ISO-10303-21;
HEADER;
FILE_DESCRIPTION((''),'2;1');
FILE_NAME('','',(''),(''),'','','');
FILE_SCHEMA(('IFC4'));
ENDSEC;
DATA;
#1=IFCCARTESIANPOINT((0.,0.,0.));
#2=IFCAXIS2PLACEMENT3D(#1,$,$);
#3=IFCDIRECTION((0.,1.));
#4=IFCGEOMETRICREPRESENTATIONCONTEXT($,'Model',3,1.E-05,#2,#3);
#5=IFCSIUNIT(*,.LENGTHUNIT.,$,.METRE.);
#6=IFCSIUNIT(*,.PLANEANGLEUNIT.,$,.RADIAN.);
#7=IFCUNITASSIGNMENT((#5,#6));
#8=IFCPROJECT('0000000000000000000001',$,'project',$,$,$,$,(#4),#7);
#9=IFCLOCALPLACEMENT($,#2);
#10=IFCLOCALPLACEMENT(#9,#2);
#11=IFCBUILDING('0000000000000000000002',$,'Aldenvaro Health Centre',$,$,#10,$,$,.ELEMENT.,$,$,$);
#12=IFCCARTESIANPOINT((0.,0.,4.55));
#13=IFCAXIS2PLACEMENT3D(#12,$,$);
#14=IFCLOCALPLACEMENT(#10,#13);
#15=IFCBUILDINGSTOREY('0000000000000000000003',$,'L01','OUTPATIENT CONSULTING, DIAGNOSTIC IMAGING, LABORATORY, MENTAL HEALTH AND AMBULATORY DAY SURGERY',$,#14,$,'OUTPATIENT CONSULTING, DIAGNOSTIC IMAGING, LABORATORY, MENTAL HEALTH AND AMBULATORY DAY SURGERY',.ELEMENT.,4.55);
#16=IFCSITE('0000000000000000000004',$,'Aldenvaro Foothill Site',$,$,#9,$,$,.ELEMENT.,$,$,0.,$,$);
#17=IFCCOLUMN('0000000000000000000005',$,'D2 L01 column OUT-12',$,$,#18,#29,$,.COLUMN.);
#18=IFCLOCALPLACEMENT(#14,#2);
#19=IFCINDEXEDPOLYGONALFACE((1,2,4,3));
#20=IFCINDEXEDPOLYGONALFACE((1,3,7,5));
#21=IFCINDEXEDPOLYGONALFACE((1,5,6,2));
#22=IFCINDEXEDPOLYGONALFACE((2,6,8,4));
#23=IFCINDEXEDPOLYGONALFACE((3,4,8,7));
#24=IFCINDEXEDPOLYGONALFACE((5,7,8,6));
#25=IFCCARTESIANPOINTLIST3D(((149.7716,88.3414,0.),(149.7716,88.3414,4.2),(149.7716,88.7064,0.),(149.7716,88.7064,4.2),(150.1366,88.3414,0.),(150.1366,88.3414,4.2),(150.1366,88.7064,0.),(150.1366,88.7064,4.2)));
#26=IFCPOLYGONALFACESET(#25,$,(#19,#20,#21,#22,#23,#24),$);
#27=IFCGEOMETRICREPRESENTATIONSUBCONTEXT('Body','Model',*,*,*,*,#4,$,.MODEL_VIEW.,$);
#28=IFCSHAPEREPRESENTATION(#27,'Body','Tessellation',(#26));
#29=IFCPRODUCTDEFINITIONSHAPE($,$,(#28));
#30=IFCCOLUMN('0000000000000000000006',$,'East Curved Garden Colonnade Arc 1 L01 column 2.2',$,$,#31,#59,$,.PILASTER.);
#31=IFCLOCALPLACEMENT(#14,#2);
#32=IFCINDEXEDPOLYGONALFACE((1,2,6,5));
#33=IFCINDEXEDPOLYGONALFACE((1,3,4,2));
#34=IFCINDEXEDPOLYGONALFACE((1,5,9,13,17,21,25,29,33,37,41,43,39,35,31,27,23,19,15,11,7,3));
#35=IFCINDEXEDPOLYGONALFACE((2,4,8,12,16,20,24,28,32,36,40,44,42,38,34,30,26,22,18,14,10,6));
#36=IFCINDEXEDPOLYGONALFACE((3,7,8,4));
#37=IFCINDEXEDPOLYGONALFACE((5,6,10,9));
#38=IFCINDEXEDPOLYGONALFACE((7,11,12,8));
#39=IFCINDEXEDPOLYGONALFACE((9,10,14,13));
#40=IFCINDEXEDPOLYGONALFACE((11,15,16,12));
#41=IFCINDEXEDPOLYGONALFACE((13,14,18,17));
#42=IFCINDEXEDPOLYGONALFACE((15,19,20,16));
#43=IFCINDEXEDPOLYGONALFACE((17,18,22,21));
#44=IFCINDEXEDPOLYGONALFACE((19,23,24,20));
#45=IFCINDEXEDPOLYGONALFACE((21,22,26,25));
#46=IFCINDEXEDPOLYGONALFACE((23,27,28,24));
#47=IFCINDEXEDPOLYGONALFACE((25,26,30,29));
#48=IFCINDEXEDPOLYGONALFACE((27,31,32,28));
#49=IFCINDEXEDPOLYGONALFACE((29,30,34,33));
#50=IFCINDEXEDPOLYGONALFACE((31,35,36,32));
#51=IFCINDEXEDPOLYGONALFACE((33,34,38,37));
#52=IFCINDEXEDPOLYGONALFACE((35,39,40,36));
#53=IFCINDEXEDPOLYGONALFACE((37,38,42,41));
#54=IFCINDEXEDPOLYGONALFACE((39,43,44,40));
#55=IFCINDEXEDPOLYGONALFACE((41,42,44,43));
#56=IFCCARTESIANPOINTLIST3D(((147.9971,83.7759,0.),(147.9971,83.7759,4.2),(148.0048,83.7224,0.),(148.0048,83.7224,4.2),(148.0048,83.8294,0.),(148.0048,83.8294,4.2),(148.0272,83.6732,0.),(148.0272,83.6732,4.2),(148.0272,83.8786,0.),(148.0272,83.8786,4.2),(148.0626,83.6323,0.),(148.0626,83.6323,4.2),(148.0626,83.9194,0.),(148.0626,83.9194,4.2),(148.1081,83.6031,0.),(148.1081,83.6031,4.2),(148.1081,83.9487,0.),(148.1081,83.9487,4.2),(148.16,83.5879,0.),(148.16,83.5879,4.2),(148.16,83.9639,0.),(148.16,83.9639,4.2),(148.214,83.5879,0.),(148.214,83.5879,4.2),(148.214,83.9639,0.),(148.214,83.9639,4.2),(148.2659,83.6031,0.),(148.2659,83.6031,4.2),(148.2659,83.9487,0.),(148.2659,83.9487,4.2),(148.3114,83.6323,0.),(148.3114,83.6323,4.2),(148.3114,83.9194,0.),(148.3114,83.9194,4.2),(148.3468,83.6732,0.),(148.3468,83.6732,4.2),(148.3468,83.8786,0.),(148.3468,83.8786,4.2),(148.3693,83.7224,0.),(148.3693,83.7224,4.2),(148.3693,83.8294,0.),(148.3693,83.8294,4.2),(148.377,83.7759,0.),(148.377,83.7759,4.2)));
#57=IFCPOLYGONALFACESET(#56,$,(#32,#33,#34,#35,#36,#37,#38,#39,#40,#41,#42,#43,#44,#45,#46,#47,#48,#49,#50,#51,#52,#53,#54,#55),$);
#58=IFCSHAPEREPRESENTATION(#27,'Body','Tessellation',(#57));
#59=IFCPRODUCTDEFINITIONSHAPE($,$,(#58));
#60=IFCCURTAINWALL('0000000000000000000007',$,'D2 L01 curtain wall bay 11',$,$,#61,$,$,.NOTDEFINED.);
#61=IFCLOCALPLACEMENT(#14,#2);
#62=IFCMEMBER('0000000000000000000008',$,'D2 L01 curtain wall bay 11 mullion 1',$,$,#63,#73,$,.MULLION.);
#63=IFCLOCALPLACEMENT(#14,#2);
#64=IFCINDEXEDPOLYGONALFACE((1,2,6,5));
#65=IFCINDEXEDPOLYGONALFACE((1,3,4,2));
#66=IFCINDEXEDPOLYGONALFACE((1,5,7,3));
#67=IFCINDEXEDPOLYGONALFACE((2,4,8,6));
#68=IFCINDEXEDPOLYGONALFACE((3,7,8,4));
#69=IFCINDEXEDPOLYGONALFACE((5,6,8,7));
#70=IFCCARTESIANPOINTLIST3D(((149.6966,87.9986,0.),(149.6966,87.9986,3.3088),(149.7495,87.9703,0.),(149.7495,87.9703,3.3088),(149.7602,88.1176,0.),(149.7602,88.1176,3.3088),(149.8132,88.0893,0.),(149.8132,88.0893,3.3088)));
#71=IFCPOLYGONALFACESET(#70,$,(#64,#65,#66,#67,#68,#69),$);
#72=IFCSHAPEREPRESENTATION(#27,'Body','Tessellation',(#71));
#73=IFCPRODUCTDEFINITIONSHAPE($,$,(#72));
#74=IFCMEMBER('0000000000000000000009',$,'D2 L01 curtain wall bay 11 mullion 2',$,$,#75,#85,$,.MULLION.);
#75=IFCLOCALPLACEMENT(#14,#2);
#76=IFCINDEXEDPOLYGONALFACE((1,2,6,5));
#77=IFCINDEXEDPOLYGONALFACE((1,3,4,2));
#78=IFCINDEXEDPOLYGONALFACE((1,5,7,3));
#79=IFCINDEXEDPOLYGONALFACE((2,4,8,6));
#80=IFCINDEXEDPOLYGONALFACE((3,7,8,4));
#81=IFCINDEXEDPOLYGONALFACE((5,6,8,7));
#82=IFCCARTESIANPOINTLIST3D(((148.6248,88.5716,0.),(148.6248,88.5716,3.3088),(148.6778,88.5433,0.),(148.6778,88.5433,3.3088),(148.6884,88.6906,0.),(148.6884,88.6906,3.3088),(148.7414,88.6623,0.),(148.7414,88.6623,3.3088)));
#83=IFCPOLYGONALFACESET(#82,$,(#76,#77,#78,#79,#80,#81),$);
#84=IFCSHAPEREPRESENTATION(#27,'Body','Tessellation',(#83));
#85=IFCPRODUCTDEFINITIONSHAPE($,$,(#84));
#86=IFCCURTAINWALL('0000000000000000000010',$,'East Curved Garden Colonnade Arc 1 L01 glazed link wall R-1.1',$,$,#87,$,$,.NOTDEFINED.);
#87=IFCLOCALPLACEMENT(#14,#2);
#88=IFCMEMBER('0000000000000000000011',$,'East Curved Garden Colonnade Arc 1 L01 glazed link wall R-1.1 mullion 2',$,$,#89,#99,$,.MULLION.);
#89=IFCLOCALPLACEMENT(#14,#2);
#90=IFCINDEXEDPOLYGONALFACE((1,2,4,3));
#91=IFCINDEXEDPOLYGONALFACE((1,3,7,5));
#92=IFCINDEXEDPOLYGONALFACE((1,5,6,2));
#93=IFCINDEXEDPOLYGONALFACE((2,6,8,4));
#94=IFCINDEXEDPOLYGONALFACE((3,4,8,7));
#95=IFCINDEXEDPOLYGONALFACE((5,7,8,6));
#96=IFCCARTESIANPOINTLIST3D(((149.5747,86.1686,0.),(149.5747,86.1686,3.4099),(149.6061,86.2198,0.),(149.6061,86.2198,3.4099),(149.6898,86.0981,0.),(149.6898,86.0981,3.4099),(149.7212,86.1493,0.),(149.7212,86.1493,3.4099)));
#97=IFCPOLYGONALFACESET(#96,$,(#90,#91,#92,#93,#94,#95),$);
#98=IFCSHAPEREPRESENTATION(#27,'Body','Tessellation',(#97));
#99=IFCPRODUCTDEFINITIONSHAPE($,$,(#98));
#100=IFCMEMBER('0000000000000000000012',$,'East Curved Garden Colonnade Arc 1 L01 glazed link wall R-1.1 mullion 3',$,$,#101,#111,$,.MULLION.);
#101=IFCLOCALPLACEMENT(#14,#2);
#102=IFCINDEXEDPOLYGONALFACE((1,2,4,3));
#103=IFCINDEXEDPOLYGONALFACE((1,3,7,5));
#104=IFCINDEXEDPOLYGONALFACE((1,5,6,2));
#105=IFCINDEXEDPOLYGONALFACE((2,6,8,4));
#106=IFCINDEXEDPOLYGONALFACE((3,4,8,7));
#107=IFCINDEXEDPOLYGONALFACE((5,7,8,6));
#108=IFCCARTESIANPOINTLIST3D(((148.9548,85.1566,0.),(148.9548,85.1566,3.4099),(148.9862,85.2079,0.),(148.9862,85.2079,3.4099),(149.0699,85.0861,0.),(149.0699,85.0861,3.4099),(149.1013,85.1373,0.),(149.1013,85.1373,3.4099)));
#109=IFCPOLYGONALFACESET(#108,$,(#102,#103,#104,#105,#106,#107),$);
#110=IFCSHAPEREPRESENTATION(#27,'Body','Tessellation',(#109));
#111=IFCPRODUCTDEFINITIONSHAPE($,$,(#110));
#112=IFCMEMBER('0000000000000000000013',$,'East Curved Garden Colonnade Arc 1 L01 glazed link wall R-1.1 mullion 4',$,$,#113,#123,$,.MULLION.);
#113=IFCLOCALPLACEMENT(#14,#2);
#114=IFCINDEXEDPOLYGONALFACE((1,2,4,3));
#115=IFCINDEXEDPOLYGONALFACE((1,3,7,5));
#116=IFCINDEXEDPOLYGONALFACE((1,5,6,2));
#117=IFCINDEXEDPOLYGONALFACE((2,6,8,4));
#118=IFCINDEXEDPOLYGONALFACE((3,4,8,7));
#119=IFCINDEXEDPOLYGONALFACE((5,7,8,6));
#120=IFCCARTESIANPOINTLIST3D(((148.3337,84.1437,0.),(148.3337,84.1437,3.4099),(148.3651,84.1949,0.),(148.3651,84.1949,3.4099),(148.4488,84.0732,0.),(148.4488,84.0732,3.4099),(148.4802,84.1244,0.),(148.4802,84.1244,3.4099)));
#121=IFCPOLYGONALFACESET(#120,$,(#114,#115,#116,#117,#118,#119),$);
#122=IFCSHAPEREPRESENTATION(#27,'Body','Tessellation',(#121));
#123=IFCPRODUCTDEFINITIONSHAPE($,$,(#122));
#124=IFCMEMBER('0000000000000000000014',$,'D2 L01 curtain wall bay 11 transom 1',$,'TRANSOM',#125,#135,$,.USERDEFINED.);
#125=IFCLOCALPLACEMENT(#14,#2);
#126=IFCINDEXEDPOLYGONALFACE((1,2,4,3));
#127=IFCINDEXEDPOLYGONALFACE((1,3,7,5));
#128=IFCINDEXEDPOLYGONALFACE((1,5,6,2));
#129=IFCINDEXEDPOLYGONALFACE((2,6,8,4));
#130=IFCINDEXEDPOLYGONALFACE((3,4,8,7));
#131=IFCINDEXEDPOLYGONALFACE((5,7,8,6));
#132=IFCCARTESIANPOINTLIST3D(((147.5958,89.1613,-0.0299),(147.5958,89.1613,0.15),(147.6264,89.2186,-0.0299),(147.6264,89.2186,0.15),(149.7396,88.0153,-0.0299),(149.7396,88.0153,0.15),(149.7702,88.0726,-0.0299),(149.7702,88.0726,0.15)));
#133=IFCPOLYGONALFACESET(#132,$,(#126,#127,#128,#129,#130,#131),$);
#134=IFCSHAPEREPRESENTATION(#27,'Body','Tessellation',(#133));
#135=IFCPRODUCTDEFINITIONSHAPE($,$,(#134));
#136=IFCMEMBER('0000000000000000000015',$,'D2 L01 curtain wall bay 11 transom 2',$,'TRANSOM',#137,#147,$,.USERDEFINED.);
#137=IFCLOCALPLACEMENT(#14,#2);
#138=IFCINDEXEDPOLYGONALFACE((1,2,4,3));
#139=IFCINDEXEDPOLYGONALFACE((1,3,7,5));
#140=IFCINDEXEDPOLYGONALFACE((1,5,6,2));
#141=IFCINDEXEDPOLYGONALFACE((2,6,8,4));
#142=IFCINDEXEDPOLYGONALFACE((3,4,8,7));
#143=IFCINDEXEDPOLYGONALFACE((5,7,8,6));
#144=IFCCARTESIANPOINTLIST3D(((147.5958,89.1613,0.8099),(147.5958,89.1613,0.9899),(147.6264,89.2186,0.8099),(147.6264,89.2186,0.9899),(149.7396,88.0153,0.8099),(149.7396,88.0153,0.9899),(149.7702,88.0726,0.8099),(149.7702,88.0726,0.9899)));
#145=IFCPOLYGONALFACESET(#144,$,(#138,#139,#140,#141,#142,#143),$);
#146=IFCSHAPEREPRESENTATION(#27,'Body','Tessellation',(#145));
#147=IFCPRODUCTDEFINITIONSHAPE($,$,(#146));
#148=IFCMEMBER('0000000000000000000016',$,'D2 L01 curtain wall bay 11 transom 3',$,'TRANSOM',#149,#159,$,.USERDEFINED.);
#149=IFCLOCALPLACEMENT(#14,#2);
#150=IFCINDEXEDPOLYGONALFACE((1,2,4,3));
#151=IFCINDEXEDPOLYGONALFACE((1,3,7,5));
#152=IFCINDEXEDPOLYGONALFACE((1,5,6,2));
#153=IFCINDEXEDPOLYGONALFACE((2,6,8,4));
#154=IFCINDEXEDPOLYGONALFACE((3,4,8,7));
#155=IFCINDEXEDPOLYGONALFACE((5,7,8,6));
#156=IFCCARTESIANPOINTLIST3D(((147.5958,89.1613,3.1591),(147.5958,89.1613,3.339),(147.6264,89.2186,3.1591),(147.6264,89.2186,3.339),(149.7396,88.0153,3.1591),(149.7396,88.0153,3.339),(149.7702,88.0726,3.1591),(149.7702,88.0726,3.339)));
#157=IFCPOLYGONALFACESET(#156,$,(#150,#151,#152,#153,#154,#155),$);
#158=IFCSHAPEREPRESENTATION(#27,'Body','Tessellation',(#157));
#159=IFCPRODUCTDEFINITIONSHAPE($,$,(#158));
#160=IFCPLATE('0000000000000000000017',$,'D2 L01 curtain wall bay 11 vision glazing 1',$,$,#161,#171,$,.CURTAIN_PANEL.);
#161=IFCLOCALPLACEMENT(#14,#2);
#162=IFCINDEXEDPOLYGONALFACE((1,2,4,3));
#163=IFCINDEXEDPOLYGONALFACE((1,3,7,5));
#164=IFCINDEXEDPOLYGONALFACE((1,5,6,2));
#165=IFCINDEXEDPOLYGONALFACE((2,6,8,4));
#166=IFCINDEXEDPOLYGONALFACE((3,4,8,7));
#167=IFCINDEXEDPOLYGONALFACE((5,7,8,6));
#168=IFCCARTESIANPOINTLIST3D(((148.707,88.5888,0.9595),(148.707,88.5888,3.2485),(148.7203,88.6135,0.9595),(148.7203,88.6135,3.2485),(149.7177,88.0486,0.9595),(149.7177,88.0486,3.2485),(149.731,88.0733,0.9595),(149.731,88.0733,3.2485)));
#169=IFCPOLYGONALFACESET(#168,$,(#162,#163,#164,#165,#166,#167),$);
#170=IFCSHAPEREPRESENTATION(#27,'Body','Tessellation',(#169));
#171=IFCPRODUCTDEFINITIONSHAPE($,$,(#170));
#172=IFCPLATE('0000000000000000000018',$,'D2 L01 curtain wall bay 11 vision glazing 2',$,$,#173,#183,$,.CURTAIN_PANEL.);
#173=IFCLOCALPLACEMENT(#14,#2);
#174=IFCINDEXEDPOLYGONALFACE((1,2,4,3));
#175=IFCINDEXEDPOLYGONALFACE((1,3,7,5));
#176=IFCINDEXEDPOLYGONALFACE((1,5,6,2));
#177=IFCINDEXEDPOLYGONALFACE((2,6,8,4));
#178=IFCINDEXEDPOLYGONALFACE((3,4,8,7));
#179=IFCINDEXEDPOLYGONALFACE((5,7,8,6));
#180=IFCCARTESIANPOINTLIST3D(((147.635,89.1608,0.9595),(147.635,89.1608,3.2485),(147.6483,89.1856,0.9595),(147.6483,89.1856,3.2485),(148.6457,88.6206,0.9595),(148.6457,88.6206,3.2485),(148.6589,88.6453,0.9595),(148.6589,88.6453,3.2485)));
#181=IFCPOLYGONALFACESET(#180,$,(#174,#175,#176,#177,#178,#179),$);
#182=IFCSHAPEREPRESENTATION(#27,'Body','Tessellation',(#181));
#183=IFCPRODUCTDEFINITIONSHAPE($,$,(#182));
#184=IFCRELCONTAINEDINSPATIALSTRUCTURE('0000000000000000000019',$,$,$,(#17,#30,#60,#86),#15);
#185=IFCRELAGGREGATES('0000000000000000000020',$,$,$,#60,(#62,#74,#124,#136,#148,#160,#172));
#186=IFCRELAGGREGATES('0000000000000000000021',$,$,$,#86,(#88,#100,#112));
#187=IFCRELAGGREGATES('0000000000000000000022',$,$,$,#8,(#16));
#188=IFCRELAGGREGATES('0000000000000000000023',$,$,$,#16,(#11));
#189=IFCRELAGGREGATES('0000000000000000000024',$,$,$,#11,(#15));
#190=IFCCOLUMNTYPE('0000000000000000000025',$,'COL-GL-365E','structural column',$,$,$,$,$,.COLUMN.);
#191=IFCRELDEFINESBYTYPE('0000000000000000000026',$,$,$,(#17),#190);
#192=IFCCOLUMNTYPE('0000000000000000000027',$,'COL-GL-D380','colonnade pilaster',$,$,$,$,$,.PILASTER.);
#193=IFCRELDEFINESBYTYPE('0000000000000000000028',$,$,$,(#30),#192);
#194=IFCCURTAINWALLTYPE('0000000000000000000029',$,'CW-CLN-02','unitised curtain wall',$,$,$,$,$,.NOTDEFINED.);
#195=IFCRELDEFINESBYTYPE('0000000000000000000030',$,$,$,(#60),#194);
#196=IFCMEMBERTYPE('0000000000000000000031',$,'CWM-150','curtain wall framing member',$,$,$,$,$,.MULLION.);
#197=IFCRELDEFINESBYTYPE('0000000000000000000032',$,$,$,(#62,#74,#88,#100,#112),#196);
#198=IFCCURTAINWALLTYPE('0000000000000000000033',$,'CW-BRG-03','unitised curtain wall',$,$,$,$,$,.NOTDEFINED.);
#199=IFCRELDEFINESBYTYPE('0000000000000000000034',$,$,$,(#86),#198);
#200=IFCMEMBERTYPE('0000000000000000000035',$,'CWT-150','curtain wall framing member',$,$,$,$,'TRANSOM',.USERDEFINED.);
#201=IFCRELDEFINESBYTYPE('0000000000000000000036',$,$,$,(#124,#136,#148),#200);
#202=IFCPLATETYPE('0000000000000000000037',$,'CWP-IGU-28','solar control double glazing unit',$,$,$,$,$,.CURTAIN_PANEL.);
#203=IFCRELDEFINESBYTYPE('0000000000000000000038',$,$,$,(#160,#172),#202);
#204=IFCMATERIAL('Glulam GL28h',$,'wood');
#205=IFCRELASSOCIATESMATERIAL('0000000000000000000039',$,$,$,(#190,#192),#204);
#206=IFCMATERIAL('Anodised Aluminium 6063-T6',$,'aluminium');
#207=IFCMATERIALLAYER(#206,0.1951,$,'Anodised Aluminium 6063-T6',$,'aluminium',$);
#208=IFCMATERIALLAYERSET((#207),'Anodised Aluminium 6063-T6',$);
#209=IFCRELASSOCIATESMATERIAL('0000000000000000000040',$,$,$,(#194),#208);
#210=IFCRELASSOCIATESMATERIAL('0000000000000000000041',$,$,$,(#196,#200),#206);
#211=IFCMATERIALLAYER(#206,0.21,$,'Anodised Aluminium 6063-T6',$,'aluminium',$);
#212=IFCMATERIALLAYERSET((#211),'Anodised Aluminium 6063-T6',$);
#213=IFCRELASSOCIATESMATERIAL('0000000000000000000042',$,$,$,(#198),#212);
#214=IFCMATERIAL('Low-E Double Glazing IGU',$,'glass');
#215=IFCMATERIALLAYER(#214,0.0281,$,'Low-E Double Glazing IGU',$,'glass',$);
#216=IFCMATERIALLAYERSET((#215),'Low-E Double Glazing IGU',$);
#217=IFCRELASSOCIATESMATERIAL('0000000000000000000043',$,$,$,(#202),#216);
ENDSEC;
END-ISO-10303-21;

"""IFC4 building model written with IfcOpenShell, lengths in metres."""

from ifc_helpers import new_model, si_unit, direction, frame, origin, origin_2d, place, context, subcontext, project, spatial, rectangle, circle, extrude, material, layer, layer_set, material_profile, profile_set, type_object, element, aggregate, save


model = new_model("IFC4")

# Units and contexts
model_context = context("Model", 3, precision=1e-05, world=origin(), true_north=direction((0.0, 1.0)))
body_context = subcontext(model_context, "Body", "Model", "MODEL_VIEW")
ifc_project = project(units=[si_unit("LENGTHUNIT", "METRE"), si_unit("PLANEANGLEUNIT", "RADIAN")], contexts=[model_context])

# Site, building, storey
site_placement = place(None, origin())
site = spatial("IfcSite", under=ifc_project, at=site_placement, Name="Aldenvaro Foothill Site", CompositionType="ELEMENT", RefElevation=0.0)
building_placement = place(site_placement, origin())
building = spatial("IfcBuilding", under=site, at=building_placement, Name="Aldenvaro Health Centre", CompositionType="ELEMENT")
storey_placement = place(building_placement, frame((0.0, 0.0, 4.55)))
storey = spatial("IfcBuildingStorey", under=building, at=storey_placement, Name="L01", Description="OUTPATIENT CONSULTING, DIAGNOSTIC IMAGING, LABORATORY, MENTAL HEALTH AND AMBULATORY DAY SURGERY", LongName="OUTPATIENT CONSULTING, DIAGNOSTIC IMAGING, LABORATORY, MENTAL HEALTH AND AMBULATORY DAY SURGERY", CompositionType="ELEMENT", Elevation=4.55)

# Columns
ifc_material_1 = material(Name="Glulam GL28h", Category="wood")
ifc_material_profile_1 = material_profile(ifc_material_1, rectangle(XDim=0.365, YDim=0.365, at=origin_2d()), Name="GL 365x365", Category="wood")
ifc_profile_set_1 = profile_set([ifc_material_profile_1], Name="Glulam GL28h")
column_type_1 = type_object("IfcColumnType", Name="COL-GL-365E", Description="structural column", PredefinedType="COLUMN", material=ifc_profile_set_1)
column_1_placement = place(storey_placement, frame((149.9541, 88.5239, 0.0), z_axis=(0.0, 0.0, 1.0), x_axis=(1.0, 0.0, 0.0)))
element("IfcColumn", 1, at=column_1_placement, inside=storey, type_object=column_type_1, Name="D2 L01 column OUT-12", PredefinedType="COLUMN", context=body_context, shape_type="SweptSolid", body=[
    extrude(rectangle(XDim=0.365, YDim=0.365, at=origin_2d()), origin(), (0.0, 0.0, 1.0), 4.2),
])
ifc_material_profile_2 = material_profile(ifc_material_1, circle(Radius=0.1899, at=origin_2d()), Name="GL D380", Category="wood")
ifc_profile_set_2 = profile_set([ifc_material_profile_2], Name="Glulam GL28h")
column_type_2 = type_object("IfcColumnType", Name="COL-GL-D380", Description="colonnade pilaster", PredefinedType="PILASTER", material=ifc_profile_set_2)
column_2_placement = place(storey_placement, frame((148.187, 83.7759, 0.0), z_axis=(0.0, 0.0, 1.0), x_axis=(1.0, 0.0, 0.0)))
element("IfcColumn", 2, at=column_2_placement, inside=storey, type_object=column_type_2, Name="East Curved Garden Colonnade Arc 1 L01 column 2.2", PredefinedType="PILASTER", context=body_context, shape_type="SweptSolid", body=[
    extrude(circle(Radius=0.1899, at=origin_2d()), origin(), (0.0, 0.0, 1.0), 4.2),
])

# Curtain walls, members
ifc_material_2 = material(Name="Anodised Aluminium 6063-T6", Category="aluminium")
ifc_layer_1 = layer(ifc_material_2, 0.1951, Name="Anodised Aluminium 6063-T6", Category="aluminium")
ifc_layer_set_1 = layer_set([ifc_layer_1], Name="Anodised Aluminium 6063-T6")
curtain_wall_type_1 = type_object("IfcCurtainWallType", Name="CW-CLN-02", Description="unitised curtain wall", PredefinedType="NOTDEFINED", material=ifc_layer_set_1)
curtain_wall_1_placement = place(storey_placement, origin())
curtain_wall_1 = element("IfcCurtainWall", 3, at=curtain_wall_1_placement, inside=storey, type_object=curtain_wall_type_1, Name="D2 L01 curtain wall bay 11", PredefinedType="NOTDEFINED")
ifc_material_profile_3 = material_profile(ifc_material_2, rectangle(XDim=0.0601, YDim=0.135, at=origin_2d()), Name="ALU 60x135", Category="aluminium")
ifc_profile_set_3 = profile_set([ifc_material_profile_3], Name="Anodised Aluminium 6063-T6")
member_type_1 = type_object("IfcMemberType", Name="CWM-150", Description="curtain wall framing member", PredefinedType="MULLION", material=ifc_profile_set_3)
member_1_placement = place(storey_placement, frame((149.7549, 88.0439, 0.0), z_axis=(0.0, 0.0, 1.0), x_axis=(-0.88192, 0.471399, 0.0)))
member_1 = element("IfcMember", 4, at=member_1_placement, type_object=member_type_1, Name="D2 L01 curtain wall bay 11 mullion 1", PredefinedType="MULLION", context=body_context, shape_type="SweptSolid", body=[
    extrude(rectangle(XDim=0.0601, YDim=0.135, at=origin_2d()), origin(), (0.0, 0.0, 1.0), 3.3088),
])
member_2_placement = place(storey_placement, frame((148.6831, 88.6169, 0.0), z_axis=(0.0, 0.0, 1.0), x_axis=(-0.88192, 0.471399, 0.0)))
member_2 = element("IfcMember", 5, at=member_2_placement, type_object=member_type_1, Name="D2 L01 curtain wall bay 11 mullion 2", PredefinedType="MULLION", context=body_context, shape_type="SweptSolid", body=[
    extrude(rectangle(XDim=0.0601, YDim=0.135, at=origin_2d()), origin(), (0.0, 0.0, 1.0), 3.3088),
])
ifc_layer_2 = layer(ifc_material_2, 0.21, Name="Anodised Aluminium 6063-T6", Category="aluminium")
ifc_layer_set_2 = layer_set([ifc_layer_2], Name="Anodised Aluminium 6063-T6")
curtain_wall_type_2 = type_object("IfcCurtainWallType", Name="CW-BRG-03", Description="unitised curtain wall", PredefinedType="NOTDEFINED", material=ifc_layer_set_2)
curtain_wall_2_placement = place(storey_placement, origin())
curtain_wall_2 = element("IfcCurtainWall", 6, at=curtain_wall_2_placement, inside=storey, type_object=curtain_wall_type_2, Name="East Curved Garden Colonnade Arc 1 L01 glazed link wall R-1.1", PredefinedType="NOTDEFINED")
member_3_placement = place(storey_placement, frame((149.6479, 86.1589, 0.0), z_axis=(0.0, 0.0, 1.0), x_axis=(-0.522562, -0.852601, 0.0)))
member_3 = element("IfcMember", 7, at=member_3_placement, type_object=member_type_1, Name="East Curved Garden Colonnade Arc 1 L01 glazed link wall R-1.1 mullion 2", PredefinedType="MULLION", context=body_context, shape_type="SweptSolid", body=[
    extrude(rectangle(XDim=0.0601, YDim=0.135, at=origin_2d()), origin(), (0.0, 0.0, 1.0), 3.4099),
])
member_4_placement = place(storey_placement, frame((149.0281, 85.147, 0.0), z_axis=(0.0, 0.0, 1.0), x_axis=(-0.522562, -0.852601, 0.0)))
member_4 = element("IfcMember", 8, at=member_4_placement, type_object=member_type_1, Name="East Curved Garden Colonnade Arc 1 L01 glazed link wall R-1.1 mullion 3", PredefinedType="MULLION", context=body_context, shape_type="SweptSolid", body=[
    extrude(rectangle(XDim=0.0601, YDim=0.135, at=origin_2d()), origin(), (0.0, 0.0, 1.0), 3.4099),
])
member_5_placement = place(storey_placement, frame((148.407, 84.134, 0.0), z_axis=(0.0, 0.0, 1.0), x_axis=(-0.522562, -0.852601, 0.0)))
member_5 = element("IfcMember", 9, at=member_5_placement, type_object=member_type_1, Name="East Curved Garden Colonnade Arc 1 L01 glazed link wall R-1.1 mullion 4", PredefinedType="MULLION", context=body_context, shape_type="SweptSolid", body=[
    extrude(rectangle(XDim=0.0601, YDim=0.135, at=origin_2d()), origin(), (0.0, 0.0, 1.0), 3.4099),
])

# Members
ifc_material_profile_4 = material_profile(ifc_material_2, rectangle(XDim=0.0649, YDim=0.1799, at=origin_2d()), Name="ALU 65x180", Category="aluminium")
ifc_profile_set_4 = profile_set([ifc_material_profile_4], Name="Anodised Aluminium 6063-T6")
member_type_2 = type_object("IfcMemberType", Name="CWT-150", Description="curtain wall framing member", ElementType="TRANSOM", PredefinedType="USERDEFINED", material=ifc_profile_set_4)
member_6_placement = place(storey_placement, frame((149.7549, 88.0439, 0.0601), z_axis=(-0.881902, 0.471432, 0.0), x_axis=(-0.471432, -0.881902, 0.0)))
member_6 = element("IfcMember", 10, at=member_6_placement, type_object=member_type_2, Name="D2 L01 curtain wall bay 11 transom 1", ObjectType="TRANSOM", PredefinedType="USERDEFINED", context=body_context, shape_type="SweptSolid", body=[
    extrude(rectangle(XDim=0.0649, YDim=0.1799, at=origin_2d()), origin(), (0.0, 0.0, 1.0), 2.4309),
])
member_7_placement = place(storey_placement, frame((149.7549, 88.0439, 0.8999), z_axis=(-0.881902, 0.471432, 0.0), x_axis=(-0.471432, -0.881902, 0.0)))
member_7 = element("IfcMember", 11, at=member_7_placement, type_object=member_type_2, Name="D2 L01 curtain wall bay 11 transom 2", ObjectType="TRANSOM", PredefinedType="USERDEFINED", context=body_context, shape_type="SweptSolid", body=[
    extrude(rectangle(XDim=0.0649, YDim=0.1799, at=origin_2d()), origin(), (0.0, 0.0, 1.0), 2.4309),
])
member_8_placement = place(storey_placement, frame((149.7549, 88.0439, 3.249), z_axis=(-0.881902, 0.471432, 0.0), x_axis=(-0.471432, -0.881902, 0.0)))
member_8 = element("IfcMember", 12, at=member_8_placement, type_object=member_type_2, Name="D2 L01 curtain wall bay 11 transom 3", ObjectType="TRANSOM", PredefinedType="USERDEFINED", context=body_context, shape_type="SweptSolid", body=[
    extrude(rectangle(XDim=0.0649, YDim=0.1799, at=origin_2d()), origin(), (0.0, 0.0, 1.0), 2.4309),
])

# Plates
ifc_material_3 = material(Name="Low-E Double Glazing IGU", Category="glass")
ifc_layer_3 = layer(ifc_material_3, 0.0281, Name="Low-E Double Glazing IGU", Category="glass")
ifc_layer_set_3 = layer_set([ifc_layer_3], Name="Low-E Double Glazing IGU")
plate_type_1 = type_object("IfcPlateType", Name="CWP-IGU-28", Description="solar control double glazing unit", PredefinedType="CURTAIN_PANEL", material=ifc_layer_set_3)
plate_1_placement = place(storey_placement, frame((149.219, 88.3311, 0.9595), z_axis=(0.0, 0.0, 1.0), x_axis=(-0.88192, 0.471399, 0.0)))
plate_1 = element("IfcPlate", 13, at=plate_1_placement, type_object=plate_type_1, Name="D2 L01 curtain wall bay 11 vision glazing 1", PredefinedType="CURTAIN_PANEL", context=body_context, shape_type="SweptSolid", body=[
    extrude(rectangle(XDim=1.146, YDim=0.0281, at=origin_2d()), origin(), (0.0, 0.0, 1.0), 2.2891),
])
plate_2_placement = place(storey_placement, frame((148.147, 88.9031, 0.9595), z_axis=(0.0, 0.0, 1.0), x_axis=(-0.88192, 0.471399, 0.0)))
plate_2 = element("IfcPlate", 14, at=plate_2_placement, type_object=plate_type_1, Name="D2 L01 curtain wall bay 11 vision glazing 2", PredefinedType="CURTAIN_PANEL", context=body_context, shape_type="SweptSolid", body=[
    extrude(rectangle(XDim=1.146, YDim=0.0281, at=origin_2d()), origin(), (0.0, 0.0, 1.0), 2.2891),
])
aggregate(curtain_wall_1, [member_1, member_2, member_6, member_7, member_8, plate_1, plate_2])
aggregate(curtain_wall_2, [member_3, member_4, member_5])

save(model, "model.ifc")
